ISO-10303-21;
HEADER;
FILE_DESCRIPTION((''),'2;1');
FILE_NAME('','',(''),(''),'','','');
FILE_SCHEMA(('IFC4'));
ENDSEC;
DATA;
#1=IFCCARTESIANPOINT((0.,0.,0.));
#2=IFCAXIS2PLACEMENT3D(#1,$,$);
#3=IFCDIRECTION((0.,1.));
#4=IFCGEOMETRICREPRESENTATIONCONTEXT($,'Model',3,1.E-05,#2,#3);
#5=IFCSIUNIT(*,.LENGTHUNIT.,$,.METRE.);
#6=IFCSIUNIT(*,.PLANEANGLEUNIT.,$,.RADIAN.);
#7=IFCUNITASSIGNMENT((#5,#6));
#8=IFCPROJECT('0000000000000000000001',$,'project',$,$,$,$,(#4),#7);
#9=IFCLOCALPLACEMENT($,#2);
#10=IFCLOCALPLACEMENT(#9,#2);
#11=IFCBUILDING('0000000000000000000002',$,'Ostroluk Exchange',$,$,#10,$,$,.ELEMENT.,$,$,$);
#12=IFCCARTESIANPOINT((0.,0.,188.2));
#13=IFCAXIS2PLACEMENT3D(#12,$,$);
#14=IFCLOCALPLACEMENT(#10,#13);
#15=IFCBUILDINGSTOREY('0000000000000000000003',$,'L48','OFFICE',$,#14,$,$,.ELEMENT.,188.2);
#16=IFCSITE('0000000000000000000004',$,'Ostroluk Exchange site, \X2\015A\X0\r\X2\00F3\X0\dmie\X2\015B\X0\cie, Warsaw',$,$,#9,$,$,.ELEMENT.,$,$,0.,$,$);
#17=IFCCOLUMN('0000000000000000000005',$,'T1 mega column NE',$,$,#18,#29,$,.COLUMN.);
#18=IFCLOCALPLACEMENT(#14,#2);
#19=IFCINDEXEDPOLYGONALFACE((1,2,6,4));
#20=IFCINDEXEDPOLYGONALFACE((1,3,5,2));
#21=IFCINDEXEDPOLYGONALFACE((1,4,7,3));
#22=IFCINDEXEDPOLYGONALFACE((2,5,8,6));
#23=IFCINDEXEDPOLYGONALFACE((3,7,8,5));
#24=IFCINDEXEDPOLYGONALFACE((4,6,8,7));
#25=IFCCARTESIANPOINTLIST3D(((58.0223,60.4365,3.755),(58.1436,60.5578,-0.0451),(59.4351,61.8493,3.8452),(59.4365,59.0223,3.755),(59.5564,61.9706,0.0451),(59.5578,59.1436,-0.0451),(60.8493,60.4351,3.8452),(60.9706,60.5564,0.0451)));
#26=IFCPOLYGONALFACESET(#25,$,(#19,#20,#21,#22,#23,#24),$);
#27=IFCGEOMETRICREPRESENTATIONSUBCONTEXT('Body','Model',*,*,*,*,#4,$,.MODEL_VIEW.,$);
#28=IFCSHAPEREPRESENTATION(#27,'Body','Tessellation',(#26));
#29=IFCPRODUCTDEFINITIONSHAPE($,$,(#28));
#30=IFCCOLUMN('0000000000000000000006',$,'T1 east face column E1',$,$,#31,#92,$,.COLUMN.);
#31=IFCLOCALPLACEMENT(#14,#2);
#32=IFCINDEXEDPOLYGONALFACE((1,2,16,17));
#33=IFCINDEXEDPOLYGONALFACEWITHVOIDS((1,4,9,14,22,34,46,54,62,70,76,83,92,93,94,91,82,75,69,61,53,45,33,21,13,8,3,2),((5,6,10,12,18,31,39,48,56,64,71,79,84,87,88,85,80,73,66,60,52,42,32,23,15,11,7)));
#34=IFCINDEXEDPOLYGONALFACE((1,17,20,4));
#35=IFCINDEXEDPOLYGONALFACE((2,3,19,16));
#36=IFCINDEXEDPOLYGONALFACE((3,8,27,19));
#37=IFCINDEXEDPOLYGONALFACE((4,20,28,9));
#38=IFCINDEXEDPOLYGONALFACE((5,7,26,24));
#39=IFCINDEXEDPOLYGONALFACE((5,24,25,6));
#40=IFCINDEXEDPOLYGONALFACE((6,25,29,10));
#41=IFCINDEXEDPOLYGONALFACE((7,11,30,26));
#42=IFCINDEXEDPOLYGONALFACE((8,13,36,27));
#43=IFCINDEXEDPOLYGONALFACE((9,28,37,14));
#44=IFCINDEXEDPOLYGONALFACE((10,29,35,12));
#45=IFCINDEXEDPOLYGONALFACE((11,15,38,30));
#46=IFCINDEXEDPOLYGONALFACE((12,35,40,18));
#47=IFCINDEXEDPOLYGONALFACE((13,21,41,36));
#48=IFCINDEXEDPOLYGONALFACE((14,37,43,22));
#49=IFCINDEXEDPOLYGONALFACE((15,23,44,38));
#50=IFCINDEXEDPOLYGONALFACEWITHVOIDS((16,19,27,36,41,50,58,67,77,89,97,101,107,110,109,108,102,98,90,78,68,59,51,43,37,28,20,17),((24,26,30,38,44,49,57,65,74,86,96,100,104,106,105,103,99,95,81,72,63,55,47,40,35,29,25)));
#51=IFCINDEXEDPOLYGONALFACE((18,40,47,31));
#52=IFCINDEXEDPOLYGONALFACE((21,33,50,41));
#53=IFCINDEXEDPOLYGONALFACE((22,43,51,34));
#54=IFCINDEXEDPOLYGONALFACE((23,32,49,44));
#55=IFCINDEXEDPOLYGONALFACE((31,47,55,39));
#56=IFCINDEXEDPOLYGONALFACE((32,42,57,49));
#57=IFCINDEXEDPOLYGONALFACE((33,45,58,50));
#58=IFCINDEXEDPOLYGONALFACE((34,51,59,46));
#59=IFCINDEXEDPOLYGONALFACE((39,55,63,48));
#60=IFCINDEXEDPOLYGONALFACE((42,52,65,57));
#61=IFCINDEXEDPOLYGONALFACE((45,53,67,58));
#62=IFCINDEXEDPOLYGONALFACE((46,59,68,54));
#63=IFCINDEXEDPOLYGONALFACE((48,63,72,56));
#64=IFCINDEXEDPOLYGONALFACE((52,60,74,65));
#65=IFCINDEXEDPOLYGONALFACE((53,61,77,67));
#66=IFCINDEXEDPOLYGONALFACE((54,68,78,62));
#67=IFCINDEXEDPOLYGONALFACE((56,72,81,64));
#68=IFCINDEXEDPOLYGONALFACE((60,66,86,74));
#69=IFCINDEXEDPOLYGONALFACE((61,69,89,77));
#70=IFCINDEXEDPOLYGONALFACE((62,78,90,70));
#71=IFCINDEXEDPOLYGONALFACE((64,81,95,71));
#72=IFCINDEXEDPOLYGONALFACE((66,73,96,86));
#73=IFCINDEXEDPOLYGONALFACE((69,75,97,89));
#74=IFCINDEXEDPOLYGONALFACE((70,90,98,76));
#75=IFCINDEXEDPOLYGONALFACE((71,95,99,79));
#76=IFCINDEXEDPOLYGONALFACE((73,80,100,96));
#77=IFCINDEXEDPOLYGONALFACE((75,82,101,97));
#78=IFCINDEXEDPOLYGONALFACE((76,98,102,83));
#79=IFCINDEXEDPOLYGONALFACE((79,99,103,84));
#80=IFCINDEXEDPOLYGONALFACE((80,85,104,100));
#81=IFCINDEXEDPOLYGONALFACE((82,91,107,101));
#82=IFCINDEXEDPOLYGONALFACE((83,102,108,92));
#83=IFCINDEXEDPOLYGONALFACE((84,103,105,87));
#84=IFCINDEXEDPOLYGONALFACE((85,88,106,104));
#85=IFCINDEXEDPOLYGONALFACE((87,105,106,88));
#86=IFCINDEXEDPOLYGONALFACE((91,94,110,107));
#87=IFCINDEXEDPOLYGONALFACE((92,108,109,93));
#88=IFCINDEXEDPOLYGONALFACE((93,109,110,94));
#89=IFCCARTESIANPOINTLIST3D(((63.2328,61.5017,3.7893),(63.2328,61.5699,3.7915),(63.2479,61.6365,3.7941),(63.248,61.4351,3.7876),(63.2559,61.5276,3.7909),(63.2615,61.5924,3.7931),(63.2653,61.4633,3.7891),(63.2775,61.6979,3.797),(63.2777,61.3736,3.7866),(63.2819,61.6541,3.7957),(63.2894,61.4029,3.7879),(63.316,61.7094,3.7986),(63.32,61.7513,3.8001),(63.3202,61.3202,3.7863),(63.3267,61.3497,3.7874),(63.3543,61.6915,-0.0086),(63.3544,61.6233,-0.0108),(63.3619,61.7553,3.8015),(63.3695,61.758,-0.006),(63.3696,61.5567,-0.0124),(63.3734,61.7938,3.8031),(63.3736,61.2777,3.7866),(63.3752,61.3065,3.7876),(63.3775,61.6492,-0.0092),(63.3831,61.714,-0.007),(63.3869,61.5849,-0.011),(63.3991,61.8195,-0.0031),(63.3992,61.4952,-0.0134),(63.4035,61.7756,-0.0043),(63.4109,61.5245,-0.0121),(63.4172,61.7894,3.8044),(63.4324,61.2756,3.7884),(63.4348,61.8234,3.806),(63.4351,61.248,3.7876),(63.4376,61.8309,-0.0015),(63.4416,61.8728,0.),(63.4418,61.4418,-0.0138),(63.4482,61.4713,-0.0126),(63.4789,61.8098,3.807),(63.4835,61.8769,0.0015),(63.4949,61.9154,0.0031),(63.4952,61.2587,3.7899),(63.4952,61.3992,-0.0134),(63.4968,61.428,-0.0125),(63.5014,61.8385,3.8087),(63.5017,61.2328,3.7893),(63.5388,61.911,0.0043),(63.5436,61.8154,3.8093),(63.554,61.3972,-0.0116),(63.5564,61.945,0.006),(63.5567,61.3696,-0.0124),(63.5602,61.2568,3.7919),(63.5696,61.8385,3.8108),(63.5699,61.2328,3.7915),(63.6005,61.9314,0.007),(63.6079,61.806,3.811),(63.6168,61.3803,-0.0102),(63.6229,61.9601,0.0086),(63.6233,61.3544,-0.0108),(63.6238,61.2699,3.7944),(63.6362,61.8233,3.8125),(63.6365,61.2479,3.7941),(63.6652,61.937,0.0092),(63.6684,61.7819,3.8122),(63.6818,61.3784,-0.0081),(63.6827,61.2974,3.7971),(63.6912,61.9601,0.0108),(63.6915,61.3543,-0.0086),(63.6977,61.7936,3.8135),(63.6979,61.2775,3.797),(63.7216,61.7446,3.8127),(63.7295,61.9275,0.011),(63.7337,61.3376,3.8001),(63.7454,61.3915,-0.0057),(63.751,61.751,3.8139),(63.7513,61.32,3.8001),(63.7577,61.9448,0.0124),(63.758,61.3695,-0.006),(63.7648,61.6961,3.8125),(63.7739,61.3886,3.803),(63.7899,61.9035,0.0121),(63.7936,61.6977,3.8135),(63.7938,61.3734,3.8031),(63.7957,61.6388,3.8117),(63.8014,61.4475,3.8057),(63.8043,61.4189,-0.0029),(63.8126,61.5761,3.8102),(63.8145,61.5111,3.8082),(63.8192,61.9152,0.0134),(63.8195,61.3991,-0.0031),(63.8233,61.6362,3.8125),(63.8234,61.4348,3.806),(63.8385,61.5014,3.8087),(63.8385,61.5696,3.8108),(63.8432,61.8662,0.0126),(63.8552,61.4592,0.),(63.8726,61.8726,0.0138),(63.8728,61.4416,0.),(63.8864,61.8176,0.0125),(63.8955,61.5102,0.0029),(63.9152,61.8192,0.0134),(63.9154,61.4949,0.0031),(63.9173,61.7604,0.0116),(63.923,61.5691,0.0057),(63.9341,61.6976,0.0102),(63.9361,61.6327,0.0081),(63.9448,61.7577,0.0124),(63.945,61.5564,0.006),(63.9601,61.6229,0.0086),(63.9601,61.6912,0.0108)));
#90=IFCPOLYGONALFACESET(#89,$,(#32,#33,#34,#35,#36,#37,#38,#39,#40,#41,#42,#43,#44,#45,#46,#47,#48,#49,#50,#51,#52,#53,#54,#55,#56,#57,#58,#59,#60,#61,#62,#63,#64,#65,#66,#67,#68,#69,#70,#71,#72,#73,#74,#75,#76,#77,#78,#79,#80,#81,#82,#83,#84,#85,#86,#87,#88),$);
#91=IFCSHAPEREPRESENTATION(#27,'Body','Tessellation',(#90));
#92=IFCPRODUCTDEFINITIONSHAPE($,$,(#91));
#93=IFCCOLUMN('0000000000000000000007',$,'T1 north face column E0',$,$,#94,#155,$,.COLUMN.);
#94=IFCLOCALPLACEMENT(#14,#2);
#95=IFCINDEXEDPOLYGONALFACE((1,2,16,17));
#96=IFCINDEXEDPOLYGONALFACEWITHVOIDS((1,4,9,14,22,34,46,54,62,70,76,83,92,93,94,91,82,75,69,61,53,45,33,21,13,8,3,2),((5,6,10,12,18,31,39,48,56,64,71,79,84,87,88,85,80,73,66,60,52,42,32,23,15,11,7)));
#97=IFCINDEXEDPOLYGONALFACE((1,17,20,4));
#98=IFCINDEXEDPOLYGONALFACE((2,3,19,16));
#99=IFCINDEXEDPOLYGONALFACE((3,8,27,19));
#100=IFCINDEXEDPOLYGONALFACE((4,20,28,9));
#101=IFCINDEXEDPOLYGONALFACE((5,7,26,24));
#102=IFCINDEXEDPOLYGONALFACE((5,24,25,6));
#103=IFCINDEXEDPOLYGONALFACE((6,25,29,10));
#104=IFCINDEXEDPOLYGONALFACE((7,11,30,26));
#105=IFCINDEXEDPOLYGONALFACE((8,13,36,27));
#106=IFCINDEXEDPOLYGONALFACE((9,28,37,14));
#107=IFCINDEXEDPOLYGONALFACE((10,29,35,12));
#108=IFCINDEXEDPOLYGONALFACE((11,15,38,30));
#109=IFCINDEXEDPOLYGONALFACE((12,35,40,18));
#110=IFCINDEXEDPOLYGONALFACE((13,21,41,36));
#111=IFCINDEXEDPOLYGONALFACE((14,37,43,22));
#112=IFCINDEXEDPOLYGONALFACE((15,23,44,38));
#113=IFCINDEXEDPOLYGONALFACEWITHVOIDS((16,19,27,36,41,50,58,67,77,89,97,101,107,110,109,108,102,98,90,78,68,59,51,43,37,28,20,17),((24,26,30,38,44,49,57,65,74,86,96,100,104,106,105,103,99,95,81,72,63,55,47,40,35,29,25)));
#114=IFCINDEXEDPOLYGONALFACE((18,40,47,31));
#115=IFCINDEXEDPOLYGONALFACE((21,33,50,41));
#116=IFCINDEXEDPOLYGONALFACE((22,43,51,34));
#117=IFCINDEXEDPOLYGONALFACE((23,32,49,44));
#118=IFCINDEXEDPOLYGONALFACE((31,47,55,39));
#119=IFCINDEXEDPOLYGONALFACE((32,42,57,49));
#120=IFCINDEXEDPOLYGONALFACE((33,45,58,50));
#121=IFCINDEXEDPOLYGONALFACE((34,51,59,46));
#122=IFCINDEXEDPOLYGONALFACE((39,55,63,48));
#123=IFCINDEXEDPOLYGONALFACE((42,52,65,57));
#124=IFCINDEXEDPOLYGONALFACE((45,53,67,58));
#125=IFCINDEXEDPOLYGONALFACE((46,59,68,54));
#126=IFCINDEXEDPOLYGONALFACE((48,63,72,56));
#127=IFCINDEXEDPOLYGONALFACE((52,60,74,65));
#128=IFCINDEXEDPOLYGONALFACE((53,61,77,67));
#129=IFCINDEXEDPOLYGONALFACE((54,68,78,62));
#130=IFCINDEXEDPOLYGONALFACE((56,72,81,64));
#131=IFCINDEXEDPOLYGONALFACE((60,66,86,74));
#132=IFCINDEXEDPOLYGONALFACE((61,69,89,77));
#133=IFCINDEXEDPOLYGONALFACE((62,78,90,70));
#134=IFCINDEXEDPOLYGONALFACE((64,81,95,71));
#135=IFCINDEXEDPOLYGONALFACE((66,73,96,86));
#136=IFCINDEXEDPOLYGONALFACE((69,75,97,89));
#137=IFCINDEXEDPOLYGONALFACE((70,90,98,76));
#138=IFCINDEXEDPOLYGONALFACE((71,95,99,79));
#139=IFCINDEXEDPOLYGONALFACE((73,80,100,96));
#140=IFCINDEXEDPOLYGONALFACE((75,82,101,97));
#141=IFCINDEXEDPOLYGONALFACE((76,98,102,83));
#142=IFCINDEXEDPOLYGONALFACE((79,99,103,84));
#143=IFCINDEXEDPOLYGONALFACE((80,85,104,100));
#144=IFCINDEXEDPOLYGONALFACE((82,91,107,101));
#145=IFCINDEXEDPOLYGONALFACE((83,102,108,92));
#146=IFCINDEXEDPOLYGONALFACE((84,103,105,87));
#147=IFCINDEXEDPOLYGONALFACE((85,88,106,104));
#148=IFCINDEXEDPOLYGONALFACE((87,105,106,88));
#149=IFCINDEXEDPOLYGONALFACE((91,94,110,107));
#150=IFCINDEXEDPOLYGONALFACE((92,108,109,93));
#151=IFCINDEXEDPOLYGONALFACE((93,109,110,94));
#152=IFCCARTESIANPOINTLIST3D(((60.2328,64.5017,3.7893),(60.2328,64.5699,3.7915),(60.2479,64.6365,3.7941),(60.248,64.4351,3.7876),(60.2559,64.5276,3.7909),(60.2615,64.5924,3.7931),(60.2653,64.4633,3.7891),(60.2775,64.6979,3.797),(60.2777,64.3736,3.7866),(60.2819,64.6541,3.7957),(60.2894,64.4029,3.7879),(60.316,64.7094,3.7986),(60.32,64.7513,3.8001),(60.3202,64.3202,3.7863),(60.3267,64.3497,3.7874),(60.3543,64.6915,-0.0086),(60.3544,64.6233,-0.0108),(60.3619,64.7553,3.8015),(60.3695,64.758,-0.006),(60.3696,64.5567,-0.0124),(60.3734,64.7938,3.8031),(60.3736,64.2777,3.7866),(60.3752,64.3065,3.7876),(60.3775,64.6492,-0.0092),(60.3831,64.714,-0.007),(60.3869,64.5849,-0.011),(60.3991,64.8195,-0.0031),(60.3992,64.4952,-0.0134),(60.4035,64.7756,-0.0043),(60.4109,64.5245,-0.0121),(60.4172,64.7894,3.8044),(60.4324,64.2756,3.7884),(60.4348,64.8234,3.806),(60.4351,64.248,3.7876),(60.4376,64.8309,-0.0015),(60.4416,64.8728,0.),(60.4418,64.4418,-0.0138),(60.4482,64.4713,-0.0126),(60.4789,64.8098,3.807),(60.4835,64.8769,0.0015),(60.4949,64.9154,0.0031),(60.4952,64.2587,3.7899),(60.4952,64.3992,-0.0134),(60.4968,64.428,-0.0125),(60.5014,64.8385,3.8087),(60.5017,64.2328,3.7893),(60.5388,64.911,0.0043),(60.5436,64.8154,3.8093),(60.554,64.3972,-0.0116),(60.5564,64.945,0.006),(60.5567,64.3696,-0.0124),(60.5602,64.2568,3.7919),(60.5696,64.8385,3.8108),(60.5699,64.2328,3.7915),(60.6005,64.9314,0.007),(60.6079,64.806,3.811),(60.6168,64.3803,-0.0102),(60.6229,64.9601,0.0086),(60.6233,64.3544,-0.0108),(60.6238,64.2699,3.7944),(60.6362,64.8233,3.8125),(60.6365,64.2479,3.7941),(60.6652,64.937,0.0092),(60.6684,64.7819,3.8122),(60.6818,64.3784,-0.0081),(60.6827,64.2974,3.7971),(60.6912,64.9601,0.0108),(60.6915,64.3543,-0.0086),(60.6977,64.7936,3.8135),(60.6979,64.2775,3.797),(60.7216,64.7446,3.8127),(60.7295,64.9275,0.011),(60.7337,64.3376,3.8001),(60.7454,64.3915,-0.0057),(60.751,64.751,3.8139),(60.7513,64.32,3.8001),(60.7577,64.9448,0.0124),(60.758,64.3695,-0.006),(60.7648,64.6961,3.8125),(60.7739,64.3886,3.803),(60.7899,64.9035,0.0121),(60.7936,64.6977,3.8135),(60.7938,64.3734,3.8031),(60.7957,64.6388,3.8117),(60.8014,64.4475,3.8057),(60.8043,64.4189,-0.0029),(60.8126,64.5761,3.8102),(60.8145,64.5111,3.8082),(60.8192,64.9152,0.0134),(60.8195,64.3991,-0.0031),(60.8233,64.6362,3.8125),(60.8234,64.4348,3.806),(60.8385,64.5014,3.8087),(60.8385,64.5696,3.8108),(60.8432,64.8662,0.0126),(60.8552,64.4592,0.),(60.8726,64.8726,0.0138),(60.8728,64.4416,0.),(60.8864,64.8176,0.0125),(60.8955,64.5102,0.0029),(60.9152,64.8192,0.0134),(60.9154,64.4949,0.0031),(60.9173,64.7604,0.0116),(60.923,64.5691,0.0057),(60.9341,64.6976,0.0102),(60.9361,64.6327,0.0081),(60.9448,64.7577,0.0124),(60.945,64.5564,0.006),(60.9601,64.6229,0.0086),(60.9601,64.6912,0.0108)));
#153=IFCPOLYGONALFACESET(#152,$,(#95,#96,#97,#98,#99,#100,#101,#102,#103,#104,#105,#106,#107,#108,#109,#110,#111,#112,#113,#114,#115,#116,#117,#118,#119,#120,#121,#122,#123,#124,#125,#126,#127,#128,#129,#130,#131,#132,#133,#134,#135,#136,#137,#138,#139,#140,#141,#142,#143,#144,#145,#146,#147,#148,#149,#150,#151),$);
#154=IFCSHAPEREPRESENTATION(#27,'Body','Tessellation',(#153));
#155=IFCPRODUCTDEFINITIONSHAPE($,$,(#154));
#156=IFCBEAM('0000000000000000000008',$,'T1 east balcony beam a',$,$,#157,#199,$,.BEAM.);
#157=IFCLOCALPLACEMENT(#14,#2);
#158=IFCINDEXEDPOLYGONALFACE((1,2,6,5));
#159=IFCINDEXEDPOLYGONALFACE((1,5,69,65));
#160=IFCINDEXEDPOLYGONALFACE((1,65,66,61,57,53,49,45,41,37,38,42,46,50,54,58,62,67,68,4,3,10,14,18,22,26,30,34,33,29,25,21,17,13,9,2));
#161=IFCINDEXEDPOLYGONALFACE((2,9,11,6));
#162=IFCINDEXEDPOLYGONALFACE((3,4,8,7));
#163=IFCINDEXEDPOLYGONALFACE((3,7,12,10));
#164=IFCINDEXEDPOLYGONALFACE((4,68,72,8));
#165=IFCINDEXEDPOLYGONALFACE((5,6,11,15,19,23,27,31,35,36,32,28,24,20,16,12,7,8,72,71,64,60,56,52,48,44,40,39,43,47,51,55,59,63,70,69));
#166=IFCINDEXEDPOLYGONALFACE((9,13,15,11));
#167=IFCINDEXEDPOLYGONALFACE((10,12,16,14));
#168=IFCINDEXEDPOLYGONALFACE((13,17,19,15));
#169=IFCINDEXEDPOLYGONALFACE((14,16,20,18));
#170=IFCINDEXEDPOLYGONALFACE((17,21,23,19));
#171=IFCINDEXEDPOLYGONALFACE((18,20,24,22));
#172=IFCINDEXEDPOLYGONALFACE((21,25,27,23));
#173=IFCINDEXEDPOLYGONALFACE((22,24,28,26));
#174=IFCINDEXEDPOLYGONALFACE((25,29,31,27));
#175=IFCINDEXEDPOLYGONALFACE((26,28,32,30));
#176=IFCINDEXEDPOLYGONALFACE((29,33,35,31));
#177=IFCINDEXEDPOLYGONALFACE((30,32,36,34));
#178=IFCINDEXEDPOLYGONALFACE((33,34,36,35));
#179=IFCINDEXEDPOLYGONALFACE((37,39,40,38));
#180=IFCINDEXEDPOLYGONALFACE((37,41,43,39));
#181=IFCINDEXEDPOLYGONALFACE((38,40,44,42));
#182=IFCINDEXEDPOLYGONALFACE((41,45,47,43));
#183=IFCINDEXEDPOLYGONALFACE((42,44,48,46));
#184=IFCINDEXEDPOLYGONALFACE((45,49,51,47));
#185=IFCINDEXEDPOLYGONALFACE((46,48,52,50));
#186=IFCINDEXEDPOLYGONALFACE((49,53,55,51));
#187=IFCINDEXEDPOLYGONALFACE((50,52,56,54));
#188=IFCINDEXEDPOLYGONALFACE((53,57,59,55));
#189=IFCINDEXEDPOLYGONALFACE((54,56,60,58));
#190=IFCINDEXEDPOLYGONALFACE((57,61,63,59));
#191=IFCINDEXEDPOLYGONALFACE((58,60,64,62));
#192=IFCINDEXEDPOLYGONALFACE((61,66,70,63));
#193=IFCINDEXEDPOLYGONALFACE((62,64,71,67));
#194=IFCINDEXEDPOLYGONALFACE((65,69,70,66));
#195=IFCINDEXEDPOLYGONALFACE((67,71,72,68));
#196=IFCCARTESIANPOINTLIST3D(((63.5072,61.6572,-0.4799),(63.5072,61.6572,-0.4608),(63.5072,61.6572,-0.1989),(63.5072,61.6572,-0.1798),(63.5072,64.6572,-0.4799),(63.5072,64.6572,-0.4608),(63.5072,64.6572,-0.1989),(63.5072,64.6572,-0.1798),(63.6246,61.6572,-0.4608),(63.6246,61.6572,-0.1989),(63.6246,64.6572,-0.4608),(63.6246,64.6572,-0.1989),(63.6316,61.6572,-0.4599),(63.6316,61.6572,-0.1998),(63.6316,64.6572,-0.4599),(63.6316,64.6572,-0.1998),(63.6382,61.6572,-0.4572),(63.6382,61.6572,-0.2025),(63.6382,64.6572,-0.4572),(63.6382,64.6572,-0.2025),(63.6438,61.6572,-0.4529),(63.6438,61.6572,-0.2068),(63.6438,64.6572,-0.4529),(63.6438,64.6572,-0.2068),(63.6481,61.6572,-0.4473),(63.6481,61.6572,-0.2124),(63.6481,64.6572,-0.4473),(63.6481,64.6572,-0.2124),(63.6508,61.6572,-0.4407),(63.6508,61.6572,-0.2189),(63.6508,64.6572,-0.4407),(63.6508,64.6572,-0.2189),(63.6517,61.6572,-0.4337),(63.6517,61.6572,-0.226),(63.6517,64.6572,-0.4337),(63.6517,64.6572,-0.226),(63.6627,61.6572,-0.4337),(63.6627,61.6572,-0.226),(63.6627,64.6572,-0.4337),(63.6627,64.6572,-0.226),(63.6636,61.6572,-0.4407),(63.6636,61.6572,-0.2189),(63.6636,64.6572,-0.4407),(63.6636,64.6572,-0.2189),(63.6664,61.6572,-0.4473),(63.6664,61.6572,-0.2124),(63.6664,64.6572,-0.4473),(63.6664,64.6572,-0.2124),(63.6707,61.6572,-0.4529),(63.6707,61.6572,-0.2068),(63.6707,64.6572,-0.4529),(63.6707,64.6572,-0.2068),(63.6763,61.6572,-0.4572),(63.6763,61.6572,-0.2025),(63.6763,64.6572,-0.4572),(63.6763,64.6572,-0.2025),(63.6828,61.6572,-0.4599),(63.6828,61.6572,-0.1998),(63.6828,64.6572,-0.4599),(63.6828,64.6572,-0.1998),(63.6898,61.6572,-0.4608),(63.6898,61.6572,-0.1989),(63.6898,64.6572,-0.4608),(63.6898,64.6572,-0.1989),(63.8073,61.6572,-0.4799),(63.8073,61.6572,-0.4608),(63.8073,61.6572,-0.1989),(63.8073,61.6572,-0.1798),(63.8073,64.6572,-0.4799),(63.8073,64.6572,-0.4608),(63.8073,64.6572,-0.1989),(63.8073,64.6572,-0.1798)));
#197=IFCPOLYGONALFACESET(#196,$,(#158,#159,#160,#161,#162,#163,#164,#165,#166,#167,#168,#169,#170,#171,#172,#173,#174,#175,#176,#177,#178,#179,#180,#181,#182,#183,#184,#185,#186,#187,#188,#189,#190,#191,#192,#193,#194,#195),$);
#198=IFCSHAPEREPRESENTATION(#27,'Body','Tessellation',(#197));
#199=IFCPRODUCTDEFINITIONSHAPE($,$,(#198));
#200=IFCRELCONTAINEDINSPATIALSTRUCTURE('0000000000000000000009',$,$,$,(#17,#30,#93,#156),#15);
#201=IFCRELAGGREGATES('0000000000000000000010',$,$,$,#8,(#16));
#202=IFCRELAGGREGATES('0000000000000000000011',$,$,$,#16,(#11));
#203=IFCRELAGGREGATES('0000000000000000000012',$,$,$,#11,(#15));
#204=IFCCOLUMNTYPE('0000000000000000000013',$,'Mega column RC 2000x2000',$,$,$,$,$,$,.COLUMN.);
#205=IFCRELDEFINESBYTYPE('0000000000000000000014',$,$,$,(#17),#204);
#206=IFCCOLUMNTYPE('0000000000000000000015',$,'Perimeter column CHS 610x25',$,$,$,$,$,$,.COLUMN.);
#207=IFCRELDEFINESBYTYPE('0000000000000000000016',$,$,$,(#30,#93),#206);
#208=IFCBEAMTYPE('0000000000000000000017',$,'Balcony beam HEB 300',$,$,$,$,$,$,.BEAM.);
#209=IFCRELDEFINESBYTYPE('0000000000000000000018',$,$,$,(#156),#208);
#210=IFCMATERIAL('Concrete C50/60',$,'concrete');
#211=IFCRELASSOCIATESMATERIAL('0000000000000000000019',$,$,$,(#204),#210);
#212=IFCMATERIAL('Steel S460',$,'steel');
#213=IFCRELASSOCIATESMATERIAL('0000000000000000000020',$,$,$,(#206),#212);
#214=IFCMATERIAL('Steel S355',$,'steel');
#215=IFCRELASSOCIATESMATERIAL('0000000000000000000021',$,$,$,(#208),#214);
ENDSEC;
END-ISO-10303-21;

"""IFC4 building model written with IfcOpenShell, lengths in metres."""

from ifc_helpers import new_model, si_unit, direction, frame, origin, origin_2d, place, context, subcontext, project, spatial, rectangle, hollow_circle, i_section, extrude, material, material_profile, profile_set, type_object, element, save


model = new_model("IFC4")

# Units and contexts
model_context = context("Model", 3, precision=1e-05, world=origin(), true_north=direction((0.0, 1.0)))
body_context = subcontext(model_context, "Body", "Model", "MODEL_VIEW")
ifc_project = project(units=[si_unit("LENGTHUNIT", "METRE"), si_unit("PLANEANGLEUNIT", "RADIAN")], contexts=[model_context])

# Site, building, storey
site_placement = place(None, origin())
site = spatial("IfcSite", under=ifc_project, at=site_placement, Name="Ostroluk Exchange site, Śródmieście, Warsaw", CompositionType="ELEMENT", RefElevation=0.0)
building_placement = place(site_placement, origin())
building = spatial("IfcBuilding", under=site, at=building_placement, Name="Ostroluk Exchange", CompositionType="ELEMENT")
storey_placement = place(building_placement, frame((0.0, 0.0, 188.2)))
storey = spatial("IfcBuildingStorey", under=building, at=storey_placement, Name="L48", Description="OFFICE", CompositionType="ELEMENT", Elevation=188.2)

# Columns
ifc_material_1 = material(Name="Concrete C50/60", Category="concrete")
ifc_material_profile_1 = material_profile(ifc_material_1, rectangle(XDim=2.0, YDim=2.0, at=origin_2d()), Name="RC 2000x2000")
ifc_profile_set_1 = profile_set([ifc_material_profile_1], Name="Concrete C50/60")
column_type_1 = type_object("IfcColumnType", Name="Mega column RC 2000x2000", PredefinedType="COLUMN", material=ifc_profile_set_1)
column_placement = place(storey_placement, frame((59.5571, 60.5571, 0.0), z_axis=(-0.031898, -0.031898, 0.998982), x_axis=(0.707107, -0.707107, 0.0)))
element("IfcColumn", 1, at=column_placement, inside=storey, type_object=column_type_1, Name="T1 mega column NE", PredefinedType="COLUMN", context=body_context, shape_type="SweptSolid", body=[
    extrude(rectangle(XDim=2.0, YDim=2.0, at=origin_2d()), origin(), (0.0, 0.0, 1.0), 3.804),
])
ifc_material_2 = material(Name="Steel S460", Category="steel")
ifc_material_profile_2 = material_profile(ifc_material_2, hollow_circle(Radius=0.3049, WallThickness=0.0249, at=origin_2d()), Name="CHS 610x25")
ifc_profile_set_2 = profile_set([ifc_material_profile_2], Name="Steel S460")
column_type_2 = type_object("IfcColumnType", Name="Perimeter column CHS 610x25", PredefinedType="COLUMN", material=ifc_profile_set_2)
for number, where, z_axis, x_axis, name in (
    (2, (63.6572, 61.6572, 0.0), (-0.031962, -0.031962, 0.998978), (0.707107, -0.707107, 0.0), "T1 east face column E1"),
    (3, (60.6572, 64.6572, 0.0), (-0.031962, -0.031962, 0.998978), (0.707107, -0.707107, 0.0), "T1 north face column E0"),
):
    element("IfcColumn", number, at=place(storey_placement, frame(where, z_axis=z_axis, x_axis=x_axis)), inside=storey, type_object=column_type_2, Name=name, PredefinedType="COLUMN", context=body_context, shape_type="SweptSolid", body=[
        extrude(hollow_circle(Radius=0.3049, WallThickness=0.0249, at=origin_2d()), origin(), (0.0, 0.0, 1.0), 3.804),
    ])

# Beam
ifc_material_3 = material(Name="Steel S355", Category="steel")
ifc_material_profile_3 = material_profile(ifc_material_3, i_section(OverallWidth=0.3, OverallDepth=0.3, WebThickness=0.011, FlangeThickness=0.019, FilletRadius=0.0271, at=origin_2d()), Name="HEB 300")
ifc_profile_set_3 = profile_set([ifc_material_profile_3], Name="Steel S355")
beam_type_1 = type_object("IfcBeamType", Name="Balcony beam HEB 300", PredefinedType="BEAM", material=ifc_profile_set_3)
for number, where, z_axis, x_axis, name in (
    (4, (63.6572, 61.6572, -0.3298), (0.0, 1.0, 0.0), (-1.0, 0.0, 0.0), "T1 east balcony beam a"),
):
    element("IfcBeam", number, at=place(storey_placement, frame(where, z_axis=z_axis, x_axis=x_axis)), inside=storey, type_object=beam_type_1, Name=name, PredefinedType="BEAM", context=body_context, shape_type="SweptSolid", body=[
        extrude(i_section(OverallWidth=0.3, OverallDepth=0.3, WebThickness=0.011, FlangeThickness=0.019, FilletRadius=0.0271, at=origin_2d()), origin(), (0.0, 0.0, 1.0), 3.0),
    ])

save(model, "model.ifc")
